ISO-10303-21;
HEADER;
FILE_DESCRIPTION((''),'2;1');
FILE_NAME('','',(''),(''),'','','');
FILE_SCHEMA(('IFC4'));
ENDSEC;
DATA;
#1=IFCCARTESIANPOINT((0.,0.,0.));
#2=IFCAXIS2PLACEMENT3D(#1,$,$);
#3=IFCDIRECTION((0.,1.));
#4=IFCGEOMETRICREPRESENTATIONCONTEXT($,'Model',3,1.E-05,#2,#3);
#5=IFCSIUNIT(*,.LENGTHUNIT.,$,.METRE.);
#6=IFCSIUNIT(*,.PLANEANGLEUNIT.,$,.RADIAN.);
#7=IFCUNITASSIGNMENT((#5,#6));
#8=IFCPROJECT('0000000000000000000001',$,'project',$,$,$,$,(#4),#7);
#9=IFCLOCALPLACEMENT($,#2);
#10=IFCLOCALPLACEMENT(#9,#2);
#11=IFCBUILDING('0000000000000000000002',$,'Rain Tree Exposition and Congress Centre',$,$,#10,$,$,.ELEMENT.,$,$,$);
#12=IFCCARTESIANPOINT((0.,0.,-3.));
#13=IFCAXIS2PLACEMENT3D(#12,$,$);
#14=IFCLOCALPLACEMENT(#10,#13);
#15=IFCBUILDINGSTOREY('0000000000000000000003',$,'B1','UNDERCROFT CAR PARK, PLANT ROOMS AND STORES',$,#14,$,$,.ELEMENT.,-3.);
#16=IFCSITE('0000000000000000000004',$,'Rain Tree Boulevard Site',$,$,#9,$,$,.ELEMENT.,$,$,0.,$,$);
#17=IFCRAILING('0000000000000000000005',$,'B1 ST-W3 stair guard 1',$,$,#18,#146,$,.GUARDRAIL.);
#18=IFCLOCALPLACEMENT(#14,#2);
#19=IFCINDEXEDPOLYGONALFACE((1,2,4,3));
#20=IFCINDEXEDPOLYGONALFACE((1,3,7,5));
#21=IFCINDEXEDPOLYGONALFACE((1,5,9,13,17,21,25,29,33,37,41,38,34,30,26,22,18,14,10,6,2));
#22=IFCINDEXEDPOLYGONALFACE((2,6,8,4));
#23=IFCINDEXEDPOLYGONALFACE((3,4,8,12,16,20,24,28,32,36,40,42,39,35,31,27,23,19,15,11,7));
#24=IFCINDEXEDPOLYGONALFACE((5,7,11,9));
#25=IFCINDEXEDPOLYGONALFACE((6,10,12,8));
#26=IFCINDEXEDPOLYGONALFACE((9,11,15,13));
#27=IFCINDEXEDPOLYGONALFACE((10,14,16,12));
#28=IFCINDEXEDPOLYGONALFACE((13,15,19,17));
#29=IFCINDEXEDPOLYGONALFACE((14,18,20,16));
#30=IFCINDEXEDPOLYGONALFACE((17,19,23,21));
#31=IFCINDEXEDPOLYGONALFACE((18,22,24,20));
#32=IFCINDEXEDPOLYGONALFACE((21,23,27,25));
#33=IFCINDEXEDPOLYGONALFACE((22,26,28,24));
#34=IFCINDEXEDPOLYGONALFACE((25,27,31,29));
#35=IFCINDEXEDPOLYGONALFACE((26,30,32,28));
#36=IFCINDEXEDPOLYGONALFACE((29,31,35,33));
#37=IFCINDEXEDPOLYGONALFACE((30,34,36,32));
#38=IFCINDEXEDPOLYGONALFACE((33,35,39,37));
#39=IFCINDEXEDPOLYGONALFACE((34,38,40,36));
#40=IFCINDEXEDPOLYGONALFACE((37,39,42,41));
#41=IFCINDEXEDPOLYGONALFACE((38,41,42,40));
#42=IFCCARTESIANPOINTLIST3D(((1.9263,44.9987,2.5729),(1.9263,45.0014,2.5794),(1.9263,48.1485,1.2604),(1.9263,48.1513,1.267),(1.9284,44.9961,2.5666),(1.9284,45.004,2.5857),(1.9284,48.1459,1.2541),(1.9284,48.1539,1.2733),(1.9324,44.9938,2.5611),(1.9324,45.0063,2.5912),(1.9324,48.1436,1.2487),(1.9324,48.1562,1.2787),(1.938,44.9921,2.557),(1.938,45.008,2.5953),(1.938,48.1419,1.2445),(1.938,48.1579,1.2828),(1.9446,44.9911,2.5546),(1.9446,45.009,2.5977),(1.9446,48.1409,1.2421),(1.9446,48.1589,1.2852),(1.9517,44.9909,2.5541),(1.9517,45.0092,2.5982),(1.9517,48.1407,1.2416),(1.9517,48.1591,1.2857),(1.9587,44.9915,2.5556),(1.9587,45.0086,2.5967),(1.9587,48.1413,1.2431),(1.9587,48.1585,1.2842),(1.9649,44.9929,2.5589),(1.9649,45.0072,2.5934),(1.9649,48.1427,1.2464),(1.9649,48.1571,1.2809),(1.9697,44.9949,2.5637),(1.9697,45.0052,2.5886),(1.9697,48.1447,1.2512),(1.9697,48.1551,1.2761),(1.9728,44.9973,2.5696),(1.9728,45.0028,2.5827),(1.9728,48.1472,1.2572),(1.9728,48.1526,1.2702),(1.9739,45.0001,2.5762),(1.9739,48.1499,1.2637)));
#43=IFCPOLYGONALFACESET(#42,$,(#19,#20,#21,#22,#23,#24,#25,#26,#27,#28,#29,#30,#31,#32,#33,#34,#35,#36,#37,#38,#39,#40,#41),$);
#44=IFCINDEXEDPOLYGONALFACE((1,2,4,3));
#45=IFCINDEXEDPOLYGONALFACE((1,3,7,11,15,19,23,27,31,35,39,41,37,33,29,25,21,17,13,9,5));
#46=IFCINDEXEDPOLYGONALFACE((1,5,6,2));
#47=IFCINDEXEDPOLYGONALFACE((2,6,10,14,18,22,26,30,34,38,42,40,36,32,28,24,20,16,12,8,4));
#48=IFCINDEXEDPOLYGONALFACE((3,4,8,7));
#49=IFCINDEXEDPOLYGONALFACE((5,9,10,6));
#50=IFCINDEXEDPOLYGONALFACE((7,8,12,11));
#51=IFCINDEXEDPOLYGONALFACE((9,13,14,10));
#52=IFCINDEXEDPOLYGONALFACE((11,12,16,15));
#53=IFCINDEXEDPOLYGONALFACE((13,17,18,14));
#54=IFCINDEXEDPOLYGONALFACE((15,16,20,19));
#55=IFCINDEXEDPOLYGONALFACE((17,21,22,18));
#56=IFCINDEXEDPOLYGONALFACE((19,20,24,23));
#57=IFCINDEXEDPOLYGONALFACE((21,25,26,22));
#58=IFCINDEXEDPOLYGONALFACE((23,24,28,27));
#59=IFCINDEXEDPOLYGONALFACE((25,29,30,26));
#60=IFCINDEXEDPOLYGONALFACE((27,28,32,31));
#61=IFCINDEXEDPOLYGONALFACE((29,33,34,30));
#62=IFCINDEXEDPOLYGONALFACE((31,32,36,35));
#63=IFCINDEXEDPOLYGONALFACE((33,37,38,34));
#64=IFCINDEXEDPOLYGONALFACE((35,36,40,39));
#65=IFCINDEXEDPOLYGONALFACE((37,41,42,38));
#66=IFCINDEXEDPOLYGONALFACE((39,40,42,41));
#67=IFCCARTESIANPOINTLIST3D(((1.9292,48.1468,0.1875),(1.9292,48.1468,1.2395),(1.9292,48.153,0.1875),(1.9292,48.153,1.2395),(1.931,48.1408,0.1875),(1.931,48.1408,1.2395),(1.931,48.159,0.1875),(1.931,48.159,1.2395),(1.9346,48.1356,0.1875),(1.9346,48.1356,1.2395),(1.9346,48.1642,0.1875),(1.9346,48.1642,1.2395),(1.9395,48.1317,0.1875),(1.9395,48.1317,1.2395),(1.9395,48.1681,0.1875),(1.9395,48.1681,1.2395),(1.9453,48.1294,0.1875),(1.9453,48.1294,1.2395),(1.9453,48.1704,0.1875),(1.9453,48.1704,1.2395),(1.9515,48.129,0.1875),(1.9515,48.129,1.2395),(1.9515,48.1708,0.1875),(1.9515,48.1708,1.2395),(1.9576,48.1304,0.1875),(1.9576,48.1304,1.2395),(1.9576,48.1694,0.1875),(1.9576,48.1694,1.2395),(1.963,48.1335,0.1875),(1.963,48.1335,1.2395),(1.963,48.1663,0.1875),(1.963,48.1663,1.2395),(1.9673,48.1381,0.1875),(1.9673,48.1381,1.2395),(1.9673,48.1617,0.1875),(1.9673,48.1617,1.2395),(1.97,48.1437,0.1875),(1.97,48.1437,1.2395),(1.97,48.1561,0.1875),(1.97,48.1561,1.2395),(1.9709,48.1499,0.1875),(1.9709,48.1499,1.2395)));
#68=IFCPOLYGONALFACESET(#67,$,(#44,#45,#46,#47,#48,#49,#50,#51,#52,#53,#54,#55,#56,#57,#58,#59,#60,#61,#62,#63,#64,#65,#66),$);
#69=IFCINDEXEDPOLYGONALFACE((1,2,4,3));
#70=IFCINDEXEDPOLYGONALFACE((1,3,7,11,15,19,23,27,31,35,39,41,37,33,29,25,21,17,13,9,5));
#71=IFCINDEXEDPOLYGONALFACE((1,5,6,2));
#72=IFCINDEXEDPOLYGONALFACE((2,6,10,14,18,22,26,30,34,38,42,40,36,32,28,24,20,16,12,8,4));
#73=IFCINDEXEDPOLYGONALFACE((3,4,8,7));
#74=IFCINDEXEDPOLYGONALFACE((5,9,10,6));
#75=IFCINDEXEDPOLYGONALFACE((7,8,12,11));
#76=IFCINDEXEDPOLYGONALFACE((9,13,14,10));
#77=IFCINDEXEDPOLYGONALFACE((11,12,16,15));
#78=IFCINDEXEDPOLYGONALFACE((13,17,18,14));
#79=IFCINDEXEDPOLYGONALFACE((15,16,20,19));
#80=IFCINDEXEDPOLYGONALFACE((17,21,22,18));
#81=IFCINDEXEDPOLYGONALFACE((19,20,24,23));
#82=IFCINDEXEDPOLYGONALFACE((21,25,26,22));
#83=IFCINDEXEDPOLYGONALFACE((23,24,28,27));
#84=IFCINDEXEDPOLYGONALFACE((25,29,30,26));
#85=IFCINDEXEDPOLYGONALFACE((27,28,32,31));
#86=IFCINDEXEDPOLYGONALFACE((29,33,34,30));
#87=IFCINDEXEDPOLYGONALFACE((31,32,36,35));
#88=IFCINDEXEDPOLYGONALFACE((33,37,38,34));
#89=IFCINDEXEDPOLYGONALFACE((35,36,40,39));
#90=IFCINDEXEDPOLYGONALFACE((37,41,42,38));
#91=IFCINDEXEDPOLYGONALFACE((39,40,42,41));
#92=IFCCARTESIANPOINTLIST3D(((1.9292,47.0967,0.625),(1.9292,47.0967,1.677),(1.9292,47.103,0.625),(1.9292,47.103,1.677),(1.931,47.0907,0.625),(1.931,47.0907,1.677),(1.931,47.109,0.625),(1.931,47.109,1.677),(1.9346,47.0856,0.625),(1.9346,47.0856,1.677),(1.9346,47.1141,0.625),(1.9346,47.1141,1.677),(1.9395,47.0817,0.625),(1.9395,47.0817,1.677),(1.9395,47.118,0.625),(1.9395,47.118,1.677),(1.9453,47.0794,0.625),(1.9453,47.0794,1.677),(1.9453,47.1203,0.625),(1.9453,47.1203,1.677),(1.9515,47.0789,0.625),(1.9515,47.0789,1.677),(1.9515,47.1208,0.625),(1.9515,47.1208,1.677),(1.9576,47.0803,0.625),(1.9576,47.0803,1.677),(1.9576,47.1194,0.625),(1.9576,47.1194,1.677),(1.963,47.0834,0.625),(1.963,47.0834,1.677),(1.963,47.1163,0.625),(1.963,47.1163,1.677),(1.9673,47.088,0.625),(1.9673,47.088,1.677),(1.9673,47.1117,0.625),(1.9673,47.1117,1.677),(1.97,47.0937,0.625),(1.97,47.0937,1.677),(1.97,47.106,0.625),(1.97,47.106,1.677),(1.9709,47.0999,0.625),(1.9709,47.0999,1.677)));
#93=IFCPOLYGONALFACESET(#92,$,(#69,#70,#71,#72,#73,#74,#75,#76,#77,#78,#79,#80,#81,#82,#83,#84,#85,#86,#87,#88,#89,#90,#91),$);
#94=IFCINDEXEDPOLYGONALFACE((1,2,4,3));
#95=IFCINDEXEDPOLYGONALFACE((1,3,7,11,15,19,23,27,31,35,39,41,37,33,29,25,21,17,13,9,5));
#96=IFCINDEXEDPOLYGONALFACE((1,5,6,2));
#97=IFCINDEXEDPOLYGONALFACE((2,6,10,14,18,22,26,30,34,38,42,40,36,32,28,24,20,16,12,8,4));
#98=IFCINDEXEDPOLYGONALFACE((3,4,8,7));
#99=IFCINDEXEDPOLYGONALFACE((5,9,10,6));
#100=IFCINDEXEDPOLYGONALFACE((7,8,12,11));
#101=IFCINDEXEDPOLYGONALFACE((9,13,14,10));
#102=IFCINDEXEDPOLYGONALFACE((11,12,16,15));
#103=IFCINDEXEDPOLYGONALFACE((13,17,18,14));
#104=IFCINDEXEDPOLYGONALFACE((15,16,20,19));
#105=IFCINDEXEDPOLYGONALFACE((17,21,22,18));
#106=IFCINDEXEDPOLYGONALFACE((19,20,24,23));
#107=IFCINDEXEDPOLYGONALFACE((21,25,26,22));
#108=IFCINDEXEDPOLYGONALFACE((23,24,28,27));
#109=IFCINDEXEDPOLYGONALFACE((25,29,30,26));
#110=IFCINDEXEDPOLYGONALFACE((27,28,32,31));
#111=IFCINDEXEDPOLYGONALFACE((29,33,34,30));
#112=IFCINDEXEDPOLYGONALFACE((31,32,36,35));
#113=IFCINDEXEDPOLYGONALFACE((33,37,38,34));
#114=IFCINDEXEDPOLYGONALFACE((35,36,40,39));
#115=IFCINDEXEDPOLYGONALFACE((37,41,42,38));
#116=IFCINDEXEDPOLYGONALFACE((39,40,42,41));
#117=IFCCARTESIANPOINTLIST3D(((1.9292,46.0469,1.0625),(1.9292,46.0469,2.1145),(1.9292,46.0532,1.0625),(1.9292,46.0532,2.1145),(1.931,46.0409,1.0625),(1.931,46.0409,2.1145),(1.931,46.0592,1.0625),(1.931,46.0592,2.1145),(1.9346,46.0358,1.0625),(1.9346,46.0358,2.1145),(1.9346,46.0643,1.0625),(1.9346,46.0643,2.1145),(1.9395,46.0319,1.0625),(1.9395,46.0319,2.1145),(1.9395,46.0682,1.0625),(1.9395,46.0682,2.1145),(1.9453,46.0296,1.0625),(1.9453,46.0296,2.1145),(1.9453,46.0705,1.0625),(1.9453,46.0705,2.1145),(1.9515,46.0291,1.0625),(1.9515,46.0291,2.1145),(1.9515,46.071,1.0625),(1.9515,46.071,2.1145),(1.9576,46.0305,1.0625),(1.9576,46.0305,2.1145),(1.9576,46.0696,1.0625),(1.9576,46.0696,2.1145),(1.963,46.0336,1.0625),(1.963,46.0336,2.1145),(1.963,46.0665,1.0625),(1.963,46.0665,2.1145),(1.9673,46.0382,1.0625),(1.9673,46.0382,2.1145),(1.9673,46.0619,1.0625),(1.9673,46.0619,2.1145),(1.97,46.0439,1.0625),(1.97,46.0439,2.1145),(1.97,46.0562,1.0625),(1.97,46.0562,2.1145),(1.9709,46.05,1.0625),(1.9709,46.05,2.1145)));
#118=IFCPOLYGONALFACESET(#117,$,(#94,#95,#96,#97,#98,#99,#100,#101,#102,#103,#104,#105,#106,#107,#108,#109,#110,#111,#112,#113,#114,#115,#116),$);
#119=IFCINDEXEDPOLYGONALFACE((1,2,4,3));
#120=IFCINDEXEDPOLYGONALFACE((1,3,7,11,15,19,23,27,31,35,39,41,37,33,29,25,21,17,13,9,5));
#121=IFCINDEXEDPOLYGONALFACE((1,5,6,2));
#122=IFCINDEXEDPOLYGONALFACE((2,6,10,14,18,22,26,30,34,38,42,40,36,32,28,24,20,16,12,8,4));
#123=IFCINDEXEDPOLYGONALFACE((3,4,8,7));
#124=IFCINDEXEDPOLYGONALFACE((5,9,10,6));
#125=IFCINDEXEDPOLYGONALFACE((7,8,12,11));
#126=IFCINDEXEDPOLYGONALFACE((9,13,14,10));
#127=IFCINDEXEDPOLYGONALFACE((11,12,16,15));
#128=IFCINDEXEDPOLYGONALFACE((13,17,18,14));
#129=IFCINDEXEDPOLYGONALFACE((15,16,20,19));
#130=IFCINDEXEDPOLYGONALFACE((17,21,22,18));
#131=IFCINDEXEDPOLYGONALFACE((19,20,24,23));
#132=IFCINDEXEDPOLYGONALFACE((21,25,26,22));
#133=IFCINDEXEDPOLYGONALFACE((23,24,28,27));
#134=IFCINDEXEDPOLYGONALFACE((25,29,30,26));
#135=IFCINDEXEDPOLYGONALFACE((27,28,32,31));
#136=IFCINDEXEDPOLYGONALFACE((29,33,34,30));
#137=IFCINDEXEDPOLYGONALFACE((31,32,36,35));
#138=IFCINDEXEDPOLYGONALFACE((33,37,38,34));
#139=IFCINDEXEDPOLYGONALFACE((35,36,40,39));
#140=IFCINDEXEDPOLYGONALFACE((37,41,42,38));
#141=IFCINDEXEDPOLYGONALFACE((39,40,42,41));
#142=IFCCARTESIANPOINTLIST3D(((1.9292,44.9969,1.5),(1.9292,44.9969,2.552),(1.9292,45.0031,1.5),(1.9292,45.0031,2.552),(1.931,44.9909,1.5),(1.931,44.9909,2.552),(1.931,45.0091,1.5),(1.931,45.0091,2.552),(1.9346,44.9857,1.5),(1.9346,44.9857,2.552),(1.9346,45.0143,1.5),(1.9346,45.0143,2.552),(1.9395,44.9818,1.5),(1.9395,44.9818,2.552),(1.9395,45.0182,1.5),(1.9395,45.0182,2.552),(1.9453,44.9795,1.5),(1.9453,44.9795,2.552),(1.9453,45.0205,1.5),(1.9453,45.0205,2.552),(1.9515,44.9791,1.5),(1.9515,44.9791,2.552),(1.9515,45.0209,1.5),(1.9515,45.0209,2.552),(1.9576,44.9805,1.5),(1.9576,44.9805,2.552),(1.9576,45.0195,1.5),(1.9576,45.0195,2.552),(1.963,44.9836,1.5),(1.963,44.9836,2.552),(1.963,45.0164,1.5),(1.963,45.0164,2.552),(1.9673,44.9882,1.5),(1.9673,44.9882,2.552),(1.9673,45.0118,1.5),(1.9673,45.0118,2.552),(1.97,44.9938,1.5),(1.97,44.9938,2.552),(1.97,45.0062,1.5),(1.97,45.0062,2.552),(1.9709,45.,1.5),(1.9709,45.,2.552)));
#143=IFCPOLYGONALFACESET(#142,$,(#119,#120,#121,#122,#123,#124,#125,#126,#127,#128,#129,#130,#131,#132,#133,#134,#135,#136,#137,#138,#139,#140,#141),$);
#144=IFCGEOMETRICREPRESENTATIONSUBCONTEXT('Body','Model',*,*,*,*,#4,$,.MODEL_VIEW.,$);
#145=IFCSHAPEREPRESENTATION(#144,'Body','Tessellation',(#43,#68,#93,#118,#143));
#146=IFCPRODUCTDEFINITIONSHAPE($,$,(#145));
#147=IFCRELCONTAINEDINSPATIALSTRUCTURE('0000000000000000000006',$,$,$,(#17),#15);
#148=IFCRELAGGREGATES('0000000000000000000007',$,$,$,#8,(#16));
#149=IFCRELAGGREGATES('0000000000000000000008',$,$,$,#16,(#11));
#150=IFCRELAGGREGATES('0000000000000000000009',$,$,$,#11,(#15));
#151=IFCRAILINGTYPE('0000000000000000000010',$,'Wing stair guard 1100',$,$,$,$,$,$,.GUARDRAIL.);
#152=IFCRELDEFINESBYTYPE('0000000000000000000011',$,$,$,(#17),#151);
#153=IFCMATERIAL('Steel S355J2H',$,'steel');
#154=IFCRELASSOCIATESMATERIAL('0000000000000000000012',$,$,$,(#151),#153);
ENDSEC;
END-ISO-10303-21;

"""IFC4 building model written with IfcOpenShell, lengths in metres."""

from ifc_helpers import new_model, si_unit, direction, frame, origin, origin_2d, place, context, subcontext, project, spatial, circle, extrude, material, type_object, element, save


model = new_model("IFC4")

# Units and contexts
model_context = context("Model", 3, precision=1e-05, world=origin(), true_north=direction((0.0, 1.0)))
body_context = subcontext(model_context, "Body", "Model", "MODEL_VIEW")
ifc_project = project(units=[si_unit("LENGTHUNIT", "METRE"), si_unit("PLANEANGLEUNIT", "RADIAN")], contexts=[model_context])

# Site, building, storey
site_placement = place(None, origin())
site = spatial("IfcSite", under=ifc_project, at=site_placement, Name="Rain Tree Boulevard Site", CompositionType="ELEMENT", RefElevation=0.0)
building_placement = place(site_placement, origin())
building = spatial("IfcBuilding", under=site, at=building_placement, Name="Rain Tree Exposition and Congress Centre", CompositionType="ELEMENT")
storey_placement = place(building_placement, frame((0.0, 0.0, -3.0)))
storey = spatial("IfcBuildingStorey", under=building, at=storey_placement, Name="B1", Description="UNDERCROFT CAR PARK, PLANT ROOMS AND STORES", CompositionType="ELEMENT", Elevation=-3.0)

# Railing
ifc_material_1 = material(Name="Steel S355J2H", Category="steel")
railing_type_1 = type_object("IfcRailingType", Name="Wing stair guard 1100", PredefinedType="GUARDRAIL", material=ifc_material_1)
railing_1_placement = place(storey_placement, frame((1.95, 48.1499, 0.1875)))
element("IfcRailing", 1, at=railing_1_placement, inside=storey, type_object=railing_type_1, Name="B1 ST-W3 stair guard 1", PredefinedType="GUARDRAIL", context=body_context, shape_type="SweptSolid", body=[
    extrude(circle(Radius=0.0239, at=origin_2d()), frame((0.0, 0.0, 1.0762), z_axis=(0.0, -0.923073, 0.384626), x_axis=(1.0, 0.0, 0.0)), (0.0, 0.0, 1.0), 3.4124),
    extrude(circle(Radius=0.021, at=origin_2d()), origin(), (0.0, 0.0, 1.0), 1.052),
    extrude(circle(Radius=0.021, at=origin_2d()), frame((0.0, -1.05, 0.4375)), (0.0, 0.0, 1.0), 1.052),
    extrude(circle(Radius=0.021, at=origin_2d()), frame((0.0, -2.0999, 0.875)), (0.0, 0.0, 1.0), 1.052),
    extrude(circle(Radius=0.021, at=origin_2d()), frame((0.0, -3.1499, 1.3125)), (0.0, 0.0, 1.0), 1.052),
])

save(model, "model.ifc")
